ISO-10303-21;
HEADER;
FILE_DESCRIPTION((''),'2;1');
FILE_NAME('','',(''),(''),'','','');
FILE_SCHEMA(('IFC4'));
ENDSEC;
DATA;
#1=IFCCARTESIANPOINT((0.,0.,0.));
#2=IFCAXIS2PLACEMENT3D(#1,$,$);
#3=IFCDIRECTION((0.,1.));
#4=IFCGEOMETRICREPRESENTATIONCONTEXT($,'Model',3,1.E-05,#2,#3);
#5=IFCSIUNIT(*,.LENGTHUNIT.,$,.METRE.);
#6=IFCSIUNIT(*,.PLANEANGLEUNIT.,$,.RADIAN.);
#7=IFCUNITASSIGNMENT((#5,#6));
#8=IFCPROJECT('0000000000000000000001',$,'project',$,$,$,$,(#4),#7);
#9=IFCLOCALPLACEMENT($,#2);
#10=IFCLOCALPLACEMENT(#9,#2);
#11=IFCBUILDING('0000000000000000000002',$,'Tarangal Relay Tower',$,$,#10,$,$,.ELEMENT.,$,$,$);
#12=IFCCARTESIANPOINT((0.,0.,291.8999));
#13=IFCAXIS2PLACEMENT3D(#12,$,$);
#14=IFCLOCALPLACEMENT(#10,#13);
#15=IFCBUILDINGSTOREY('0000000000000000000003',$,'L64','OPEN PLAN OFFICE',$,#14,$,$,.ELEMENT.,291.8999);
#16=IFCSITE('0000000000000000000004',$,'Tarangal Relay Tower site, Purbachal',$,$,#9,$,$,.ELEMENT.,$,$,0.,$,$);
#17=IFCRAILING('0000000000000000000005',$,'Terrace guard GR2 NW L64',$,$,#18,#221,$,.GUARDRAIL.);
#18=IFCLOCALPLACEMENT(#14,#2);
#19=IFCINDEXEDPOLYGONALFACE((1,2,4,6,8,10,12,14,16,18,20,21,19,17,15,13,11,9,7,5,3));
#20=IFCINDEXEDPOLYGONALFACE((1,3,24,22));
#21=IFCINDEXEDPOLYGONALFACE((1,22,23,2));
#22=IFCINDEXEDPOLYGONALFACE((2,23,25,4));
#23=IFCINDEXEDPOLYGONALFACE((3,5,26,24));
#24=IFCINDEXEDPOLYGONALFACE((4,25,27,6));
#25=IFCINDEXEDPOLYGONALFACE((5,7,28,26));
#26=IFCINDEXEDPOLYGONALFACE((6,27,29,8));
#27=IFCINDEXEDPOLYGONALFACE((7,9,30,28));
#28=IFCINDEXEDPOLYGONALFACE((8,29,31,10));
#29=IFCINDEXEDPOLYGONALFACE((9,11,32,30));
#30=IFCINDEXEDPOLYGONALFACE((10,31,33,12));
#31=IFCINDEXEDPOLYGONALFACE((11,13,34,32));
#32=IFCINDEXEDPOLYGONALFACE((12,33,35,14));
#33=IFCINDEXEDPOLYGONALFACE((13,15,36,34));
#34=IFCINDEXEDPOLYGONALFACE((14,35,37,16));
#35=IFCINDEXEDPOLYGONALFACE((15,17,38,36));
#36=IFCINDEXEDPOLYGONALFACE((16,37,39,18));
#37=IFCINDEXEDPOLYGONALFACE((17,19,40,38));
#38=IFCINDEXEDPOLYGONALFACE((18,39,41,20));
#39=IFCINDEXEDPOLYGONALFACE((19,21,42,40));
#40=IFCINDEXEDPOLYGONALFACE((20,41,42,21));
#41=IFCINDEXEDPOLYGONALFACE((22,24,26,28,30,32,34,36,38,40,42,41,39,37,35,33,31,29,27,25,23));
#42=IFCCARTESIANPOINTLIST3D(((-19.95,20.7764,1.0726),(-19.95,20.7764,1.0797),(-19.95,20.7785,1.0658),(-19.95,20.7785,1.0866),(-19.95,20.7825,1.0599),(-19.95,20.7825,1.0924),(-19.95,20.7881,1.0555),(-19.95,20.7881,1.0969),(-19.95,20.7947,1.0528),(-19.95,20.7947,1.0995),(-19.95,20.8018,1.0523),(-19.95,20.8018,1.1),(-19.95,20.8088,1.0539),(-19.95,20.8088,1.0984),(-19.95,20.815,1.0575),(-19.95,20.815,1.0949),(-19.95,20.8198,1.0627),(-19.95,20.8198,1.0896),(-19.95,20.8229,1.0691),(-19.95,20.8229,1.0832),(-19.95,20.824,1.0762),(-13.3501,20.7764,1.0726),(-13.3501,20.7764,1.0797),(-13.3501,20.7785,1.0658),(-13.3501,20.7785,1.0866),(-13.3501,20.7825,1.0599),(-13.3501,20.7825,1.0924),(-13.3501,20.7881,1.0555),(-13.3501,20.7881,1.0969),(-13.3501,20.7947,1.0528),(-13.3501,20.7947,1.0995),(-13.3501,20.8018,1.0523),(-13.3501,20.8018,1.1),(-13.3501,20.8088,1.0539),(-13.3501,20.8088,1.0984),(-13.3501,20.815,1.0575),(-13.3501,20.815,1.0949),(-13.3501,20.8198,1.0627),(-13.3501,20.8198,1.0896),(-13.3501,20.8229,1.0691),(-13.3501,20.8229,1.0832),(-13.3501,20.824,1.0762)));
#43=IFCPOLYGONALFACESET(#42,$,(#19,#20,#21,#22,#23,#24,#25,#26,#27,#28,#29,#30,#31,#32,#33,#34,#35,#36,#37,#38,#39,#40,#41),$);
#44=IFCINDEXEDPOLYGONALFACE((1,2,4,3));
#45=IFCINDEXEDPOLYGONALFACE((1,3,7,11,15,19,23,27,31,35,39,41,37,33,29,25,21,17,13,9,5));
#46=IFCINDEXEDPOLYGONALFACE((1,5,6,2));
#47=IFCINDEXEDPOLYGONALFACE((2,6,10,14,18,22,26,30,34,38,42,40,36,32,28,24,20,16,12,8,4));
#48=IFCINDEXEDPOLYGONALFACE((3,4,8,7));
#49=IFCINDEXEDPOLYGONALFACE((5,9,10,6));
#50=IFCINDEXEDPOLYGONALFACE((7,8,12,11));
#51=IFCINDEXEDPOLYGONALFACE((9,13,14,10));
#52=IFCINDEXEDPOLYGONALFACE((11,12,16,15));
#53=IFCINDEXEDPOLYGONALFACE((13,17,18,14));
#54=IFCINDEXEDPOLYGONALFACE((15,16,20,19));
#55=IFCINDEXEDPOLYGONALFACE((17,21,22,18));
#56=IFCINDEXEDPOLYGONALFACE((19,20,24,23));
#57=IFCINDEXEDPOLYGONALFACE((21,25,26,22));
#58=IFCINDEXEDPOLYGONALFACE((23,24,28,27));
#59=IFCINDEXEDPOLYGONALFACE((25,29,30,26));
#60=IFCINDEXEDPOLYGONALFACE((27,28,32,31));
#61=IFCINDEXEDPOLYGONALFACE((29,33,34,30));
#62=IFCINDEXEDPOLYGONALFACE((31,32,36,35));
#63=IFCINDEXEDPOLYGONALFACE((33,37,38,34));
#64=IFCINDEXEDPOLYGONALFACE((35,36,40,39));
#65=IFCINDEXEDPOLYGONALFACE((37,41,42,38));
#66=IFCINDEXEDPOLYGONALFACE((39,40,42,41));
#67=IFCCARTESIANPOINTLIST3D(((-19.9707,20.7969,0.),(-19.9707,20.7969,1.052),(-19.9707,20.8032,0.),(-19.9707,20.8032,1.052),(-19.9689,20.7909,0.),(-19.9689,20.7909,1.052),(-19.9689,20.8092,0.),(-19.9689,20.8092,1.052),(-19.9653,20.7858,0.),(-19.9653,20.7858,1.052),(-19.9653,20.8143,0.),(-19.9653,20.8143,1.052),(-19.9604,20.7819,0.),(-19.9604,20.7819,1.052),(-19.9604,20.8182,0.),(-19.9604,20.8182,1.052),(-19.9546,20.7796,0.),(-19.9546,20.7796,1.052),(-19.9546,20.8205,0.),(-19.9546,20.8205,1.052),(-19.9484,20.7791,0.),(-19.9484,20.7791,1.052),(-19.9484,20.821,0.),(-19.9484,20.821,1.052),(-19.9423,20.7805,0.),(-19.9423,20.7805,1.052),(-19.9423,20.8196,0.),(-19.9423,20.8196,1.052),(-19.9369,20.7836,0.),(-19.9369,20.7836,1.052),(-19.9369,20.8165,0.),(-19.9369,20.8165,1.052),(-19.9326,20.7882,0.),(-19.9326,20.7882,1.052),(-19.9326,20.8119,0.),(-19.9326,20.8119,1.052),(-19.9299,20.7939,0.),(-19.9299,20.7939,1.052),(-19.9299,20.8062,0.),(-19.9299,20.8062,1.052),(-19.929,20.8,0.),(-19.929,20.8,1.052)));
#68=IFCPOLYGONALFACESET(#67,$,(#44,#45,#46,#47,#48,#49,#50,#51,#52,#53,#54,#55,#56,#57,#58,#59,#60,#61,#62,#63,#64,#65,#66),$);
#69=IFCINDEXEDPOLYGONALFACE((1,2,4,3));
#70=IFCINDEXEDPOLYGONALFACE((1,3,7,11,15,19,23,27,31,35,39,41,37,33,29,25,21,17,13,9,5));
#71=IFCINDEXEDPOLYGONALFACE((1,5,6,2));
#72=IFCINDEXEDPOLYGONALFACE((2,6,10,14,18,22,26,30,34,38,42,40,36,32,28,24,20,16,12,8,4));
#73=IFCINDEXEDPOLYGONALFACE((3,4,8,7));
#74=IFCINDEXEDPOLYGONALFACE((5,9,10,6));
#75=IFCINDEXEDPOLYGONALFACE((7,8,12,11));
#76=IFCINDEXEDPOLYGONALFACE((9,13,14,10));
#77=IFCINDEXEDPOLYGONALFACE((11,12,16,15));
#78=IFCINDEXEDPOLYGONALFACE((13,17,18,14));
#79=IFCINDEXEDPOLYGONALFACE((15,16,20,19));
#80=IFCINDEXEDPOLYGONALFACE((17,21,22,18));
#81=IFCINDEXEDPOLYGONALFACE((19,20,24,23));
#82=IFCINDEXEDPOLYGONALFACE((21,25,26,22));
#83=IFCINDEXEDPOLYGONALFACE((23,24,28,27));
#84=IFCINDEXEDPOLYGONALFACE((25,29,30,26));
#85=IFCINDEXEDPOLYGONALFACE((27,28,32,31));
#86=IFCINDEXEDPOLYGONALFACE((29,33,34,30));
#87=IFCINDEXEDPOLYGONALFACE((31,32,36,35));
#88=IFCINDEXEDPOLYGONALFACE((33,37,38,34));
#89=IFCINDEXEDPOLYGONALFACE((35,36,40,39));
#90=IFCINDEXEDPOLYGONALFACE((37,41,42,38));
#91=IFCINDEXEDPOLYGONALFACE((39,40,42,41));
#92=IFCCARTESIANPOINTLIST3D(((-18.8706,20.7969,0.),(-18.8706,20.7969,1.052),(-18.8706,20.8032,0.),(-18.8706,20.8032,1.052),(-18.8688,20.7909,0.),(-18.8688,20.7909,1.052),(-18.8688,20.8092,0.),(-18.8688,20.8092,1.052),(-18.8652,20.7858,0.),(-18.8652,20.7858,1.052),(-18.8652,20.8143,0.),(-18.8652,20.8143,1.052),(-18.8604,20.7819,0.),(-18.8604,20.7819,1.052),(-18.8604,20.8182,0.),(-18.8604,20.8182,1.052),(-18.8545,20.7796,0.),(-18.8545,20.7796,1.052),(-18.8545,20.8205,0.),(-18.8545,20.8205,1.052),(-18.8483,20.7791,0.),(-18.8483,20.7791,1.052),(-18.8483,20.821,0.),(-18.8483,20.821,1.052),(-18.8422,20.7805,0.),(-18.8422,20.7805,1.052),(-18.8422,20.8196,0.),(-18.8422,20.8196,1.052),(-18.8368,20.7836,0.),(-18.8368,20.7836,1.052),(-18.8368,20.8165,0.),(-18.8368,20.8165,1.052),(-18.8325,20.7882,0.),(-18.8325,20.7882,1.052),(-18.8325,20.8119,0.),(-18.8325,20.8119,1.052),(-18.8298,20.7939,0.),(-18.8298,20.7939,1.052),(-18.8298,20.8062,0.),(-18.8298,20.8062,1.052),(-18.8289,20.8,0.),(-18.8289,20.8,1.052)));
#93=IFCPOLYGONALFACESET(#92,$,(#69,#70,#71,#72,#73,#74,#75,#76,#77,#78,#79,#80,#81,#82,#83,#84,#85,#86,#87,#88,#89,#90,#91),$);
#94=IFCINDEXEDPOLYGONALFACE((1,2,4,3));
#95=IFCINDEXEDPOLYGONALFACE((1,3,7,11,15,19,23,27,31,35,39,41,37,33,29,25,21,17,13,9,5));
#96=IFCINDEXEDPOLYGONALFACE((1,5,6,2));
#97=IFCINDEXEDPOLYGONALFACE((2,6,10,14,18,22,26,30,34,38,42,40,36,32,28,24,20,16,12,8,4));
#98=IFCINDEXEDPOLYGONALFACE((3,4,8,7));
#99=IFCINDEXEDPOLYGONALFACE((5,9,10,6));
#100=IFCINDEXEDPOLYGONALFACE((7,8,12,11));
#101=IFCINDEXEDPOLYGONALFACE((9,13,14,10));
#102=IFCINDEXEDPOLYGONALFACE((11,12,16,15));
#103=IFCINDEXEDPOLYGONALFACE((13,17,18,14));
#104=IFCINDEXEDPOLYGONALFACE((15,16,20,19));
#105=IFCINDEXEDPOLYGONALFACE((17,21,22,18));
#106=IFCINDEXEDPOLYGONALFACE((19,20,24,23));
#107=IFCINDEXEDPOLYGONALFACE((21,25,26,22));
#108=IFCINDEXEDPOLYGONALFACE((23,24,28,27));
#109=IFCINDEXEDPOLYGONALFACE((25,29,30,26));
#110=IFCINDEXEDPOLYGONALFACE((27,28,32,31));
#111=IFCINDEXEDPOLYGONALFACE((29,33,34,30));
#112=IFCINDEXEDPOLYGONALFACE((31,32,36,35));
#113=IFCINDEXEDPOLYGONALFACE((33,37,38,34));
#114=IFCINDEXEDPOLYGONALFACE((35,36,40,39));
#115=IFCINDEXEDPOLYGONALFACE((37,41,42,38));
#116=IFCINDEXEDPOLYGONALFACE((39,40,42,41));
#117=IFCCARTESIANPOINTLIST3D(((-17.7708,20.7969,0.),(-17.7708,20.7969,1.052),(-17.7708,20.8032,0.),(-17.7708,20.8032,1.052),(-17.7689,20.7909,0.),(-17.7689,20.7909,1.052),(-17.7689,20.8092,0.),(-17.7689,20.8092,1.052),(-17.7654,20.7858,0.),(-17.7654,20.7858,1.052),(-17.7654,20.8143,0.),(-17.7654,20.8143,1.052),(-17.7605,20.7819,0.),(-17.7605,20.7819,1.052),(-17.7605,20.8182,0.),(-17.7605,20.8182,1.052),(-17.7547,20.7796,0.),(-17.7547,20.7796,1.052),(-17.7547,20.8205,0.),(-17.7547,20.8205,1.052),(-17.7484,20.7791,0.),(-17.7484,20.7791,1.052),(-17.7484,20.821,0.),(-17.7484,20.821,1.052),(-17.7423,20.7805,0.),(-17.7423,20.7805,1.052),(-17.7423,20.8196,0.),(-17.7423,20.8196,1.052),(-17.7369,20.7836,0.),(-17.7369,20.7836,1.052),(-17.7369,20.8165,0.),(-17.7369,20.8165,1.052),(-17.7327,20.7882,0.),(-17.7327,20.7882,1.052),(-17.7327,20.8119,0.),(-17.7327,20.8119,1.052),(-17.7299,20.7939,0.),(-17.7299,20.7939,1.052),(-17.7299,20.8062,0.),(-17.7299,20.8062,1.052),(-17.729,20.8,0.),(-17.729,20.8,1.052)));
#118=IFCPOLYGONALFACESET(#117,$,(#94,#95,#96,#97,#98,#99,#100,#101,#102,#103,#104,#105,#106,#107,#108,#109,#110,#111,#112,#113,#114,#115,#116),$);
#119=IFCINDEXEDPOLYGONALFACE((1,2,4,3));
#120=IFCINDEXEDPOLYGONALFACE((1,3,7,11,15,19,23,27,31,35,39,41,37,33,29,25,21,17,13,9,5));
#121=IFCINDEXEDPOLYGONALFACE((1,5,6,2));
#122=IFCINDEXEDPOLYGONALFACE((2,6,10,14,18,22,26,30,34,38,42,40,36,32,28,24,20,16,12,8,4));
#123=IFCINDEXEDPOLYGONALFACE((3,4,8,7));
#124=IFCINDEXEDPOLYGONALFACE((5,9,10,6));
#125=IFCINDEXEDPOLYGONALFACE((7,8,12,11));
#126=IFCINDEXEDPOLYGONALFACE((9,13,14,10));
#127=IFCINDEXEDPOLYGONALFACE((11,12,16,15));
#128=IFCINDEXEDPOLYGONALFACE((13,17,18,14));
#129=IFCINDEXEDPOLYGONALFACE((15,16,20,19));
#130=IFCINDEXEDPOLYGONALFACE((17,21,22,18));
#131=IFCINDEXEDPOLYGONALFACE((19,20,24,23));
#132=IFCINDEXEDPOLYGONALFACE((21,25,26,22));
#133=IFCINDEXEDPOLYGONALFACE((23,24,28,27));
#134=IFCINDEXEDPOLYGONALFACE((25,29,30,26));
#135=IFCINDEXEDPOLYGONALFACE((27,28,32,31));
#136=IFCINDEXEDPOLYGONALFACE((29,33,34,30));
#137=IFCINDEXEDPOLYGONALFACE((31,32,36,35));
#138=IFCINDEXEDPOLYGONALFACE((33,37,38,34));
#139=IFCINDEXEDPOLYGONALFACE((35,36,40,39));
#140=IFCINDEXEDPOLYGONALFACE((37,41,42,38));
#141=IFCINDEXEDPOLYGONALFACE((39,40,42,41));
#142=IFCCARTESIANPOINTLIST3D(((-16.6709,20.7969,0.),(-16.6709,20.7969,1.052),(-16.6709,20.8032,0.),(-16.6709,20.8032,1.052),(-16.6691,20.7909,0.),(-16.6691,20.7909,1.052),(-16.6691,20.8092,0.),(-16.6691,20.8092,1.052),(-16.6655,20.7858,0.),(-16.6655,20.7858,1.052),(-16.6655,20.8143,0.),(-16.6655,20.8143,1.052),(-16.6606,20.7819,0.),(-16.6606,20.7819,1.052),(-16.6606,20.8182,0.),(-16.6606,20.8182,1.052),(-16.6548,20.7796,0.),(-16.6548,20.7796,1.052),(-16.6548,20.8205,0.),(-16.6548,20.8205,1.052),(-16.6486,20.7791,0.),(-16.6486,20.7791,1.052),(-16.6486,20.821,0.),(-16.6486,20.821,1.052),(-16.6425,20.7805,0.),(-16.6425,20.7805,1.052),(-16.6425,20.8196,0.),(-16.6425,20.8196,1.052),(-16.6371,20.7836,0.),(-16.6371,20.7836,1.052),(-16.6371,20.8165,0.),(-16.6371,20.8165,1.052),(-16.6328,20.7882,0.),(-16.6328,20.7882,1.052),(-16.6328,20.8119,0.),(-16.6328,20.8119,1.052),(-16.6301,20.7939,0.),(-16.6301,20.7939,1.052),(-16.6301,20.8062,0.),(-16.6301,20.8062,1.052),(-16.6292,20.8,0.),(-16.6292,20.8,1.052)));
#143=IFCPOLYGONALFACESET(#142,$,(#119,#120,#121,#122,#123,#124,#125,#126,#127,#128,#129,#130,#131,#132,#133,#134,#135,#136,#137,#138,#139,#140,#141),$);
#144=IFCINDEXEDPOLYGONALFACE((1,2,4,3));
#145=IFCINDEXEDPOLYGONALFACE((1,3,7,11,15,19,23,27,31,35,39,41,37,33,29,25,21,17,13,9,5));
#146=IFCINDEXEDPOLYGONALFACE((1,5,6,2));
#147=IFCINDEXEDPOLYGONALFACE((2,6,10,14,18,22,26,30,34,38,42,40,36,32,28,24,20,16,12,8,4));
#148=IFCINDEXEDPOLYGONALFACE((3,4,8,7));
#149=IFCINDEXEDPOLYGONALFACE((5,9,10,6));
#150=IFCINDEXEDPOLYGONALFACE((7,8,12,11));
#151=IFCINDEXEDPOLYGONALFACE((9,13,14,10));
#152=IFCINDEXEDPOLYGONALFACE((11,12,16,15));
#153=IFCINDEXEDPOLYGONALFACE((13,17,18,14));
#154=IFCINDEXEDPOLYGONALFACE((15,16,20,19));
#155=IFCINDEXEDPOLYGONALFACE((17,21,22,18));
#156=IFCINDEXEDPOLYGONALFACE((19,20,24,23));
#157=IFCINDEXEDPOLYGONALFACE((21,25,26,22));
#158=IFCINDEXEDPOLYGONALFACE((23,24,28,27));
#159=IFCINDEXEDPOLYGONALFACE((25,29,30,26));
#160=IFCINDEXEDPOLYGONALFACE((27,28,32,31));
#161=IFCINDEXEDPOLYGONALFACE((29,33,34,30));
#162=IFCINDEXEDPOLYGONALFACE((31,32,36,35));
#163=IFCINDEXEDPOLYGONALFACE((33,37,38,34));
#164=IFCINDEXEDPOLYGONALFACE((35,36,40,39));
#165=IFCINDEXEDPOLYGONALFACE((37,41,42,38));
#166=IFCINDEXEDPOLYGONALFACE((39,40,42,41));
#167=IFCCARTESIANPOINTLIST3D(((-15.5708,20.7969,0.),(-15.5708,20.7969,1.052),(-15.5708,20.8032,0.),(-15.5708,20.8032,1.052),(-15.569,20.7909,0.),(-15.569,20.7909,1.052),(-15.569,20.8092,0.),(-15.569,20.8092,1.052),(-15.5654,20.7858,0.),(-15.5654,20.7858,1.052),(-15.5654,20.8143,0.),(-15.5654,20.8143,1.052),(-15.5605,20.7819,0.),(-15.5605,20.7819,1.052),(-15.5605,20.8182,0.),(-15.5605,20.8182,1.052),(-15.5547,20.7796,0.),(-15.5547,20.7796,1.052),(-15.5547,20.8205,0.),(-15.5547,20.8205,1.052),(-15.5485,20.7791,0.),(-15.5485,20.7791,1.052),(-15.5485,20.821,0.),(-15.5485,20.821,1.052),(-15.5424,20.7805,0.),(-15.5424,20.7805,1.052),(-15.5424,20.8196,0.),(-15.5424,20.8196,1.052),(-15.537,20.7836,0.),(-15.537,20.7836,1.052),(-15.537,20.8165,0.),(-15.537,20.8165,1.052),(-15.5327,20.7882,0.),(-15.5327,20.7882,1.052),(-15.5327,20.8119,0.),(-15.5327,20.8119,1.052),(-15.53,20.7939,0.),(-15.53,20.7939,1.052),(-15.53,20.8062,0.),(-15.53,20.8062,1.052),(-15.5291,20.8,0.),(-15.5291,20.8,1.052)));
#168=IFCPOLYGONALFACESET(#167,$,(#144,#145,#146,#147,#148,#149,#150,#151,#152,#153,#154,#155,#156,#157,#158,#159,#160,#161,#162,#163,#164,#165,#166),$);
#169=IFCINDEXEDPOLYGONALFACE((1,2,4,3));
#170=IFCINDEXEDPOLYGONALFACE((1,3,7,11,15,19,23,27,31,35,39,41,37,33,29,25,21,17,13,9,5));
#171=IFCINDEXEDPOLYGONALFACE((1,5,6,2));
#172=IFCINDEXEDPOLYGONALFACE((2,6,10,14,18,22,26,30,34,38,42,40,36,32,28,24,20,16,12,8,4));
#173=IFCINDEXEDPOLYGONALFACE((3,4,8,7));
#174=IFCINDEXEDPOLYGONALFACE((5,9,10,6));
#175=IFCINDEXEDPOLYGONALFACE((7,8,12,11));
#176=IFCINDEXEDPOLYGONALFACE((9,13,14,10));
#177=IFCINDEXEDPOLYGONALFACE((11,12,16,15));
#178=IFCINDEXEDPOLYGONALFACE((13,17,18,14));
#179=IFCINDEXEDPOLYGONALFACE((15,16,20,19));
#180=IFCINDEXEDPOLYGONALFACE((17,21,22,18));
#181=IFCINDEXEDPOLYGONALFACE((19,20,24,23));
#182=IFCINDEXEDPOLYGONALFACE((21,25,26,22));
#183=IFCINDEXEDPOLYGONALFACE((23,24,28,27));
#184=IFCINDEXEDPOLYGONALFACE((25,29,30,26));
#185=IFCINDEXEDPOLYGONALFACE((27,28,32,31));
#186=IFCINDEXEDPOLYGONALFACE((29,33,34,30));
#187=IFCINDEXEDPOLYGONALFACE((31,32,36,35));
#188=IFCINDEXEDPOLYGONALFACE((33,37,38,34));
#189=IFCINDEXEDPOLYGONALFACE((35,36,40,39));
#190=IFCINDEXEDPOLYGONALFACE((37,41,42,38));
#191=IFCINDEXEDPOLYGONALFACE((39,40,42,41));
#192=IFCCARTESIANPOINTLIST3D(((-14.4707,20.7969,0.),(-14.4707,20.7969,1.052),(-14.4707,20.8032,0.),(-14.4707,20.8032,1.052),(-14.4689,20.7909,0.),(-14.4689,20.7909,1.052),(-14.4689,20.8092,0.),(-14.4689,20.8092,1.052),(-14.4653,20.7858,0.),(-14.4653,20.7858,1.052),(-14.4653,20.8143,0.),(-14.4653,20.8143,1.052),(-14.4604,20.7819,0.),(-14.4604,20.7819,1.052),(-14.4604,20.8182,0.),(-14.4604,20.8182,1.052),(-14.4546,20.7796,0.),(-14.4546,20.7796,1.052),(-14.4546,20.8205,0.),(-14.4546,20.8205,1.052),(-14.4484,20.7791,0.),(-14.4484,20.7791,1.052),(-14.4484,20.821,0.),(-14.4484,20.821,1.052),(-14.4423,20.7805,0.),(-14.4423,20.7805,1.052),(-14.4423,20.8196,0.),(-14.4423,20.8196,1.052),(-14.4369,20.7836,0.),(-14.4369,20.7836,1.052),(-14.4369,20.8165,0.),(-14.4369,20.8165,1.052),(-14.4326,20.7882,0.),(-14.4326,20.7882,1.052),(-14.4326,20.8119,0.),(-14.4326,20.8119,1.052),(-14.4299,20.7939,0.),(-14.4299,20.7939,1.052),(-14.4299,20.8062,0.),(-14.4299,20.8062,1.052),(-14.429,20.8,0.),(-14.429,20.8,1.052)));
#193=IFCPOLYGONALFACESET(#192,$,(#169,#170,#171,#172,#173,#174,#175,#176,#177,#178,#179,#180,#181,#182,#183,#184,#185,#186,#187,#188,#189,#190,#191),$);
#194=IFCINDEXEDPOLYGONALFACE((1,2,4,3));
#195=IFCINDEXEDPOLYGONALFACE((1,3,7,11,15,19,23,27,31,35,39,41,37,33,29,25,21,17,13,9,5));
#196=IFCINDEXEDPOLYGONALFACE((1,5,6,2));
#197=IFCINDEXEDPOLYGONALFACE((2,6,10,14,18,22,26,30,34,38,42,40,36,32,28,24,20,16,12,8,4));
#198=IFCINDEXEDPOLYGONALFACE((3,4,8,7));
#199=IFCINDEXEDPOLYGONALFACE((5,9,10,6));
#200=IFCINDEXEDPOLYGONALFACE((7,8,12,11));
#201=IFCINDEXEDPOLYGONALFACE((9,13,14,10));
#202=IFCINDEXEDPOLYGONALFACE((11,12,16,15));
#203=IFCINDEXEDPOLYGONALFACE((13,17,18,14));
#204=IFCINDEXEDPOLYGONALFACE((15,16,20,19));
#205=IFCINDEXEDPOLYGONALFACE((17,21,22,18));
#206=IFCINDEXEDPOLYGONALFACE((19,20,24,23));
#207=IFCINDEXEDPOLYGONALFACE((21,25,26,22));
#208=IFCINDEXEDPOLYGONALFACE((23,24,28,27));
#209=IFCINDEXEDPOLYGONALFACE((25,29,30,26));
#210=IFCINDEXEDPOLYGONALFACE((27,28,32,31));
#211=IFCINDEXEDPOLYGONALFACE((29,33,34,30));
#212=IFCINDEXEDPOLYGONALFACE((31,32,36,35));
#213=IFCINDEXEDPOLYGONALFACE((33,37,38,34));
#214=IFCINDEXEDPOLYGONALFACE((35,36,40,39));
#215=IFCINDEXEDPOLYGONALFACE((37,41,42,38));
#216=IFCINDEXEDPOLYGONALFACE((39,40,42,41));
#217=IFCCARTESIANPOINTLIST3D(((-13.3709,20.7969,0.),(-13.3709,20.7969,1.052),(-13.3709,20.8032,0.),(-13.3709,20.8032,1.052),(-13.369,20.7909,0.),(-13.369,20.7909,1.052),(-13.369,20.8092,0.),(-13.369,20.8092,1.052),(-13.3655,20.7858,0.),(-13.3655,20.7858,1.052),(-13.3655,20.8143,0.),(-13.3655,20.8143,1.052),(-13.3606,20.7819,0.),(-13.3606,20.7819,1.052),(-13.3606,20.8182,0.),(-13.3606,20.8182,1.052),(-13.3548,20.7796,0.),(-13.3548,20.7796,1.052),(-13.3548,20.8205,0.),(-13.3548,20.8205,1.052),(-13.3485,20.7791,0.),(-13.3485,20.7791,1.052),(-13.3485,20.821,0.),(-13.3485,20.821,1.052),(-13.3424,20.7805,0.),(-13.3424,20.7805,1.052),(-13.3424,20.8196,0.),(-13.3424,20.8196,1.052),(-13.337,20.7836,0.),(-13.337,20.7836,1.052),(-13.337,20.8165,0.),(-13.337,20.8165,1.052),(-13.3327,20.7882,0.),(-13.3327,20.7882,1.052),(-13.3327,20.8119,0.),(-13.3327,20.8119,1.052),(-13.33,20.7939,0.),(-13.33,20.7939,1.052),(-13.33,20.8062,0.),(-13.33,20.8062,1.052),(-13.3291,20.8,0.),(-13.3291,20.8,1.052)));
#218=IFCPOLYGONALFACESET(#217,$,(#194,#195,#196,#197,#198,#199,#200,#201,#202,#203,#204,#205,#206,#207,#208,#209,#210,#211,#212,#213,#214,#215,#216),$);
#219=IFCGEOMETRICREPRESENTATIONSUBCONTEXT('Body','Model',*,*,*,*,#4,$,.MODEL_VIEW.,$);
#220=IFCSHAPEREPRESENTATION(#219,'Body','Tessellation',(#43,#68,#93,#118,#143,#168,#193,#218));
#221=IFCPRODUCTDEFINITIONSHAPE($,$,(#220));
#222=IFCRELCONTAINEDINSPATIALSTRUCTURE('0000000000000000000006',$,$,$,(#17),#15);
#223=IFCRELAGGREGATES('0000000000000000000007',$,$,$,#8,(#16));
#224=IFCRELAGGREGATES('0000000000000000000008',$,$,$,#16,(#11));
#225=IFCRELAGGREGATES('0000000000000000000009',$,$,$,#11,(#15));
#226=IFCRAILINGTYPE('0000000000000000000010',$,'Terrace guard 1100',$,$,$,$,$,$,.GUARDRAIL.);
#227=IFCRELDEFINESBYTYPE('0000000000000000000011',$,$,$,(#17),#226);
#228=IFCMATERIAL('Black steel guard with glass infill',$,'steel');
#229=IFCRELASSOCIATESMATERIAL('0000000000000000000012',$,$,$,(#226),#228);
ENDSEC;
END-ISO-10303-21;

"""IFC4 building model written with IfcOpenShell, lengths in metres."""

from ifc_helpers import new_model, si_unit, direction, frame, origin, origin_2d, place, context, subcontext, project, spatial, circle, extrude, material, type_object, element, save


model = new_model("IFC4")

# Units and contexts
model_context = context("Model", 3, precision=1e-05, world=origin(), true_north=direction((0.0, 1.0)))
body_context = subcontext(model_context, "Body", "Model", "MODEL_VIEW")
ifc_project = project(units=[si_unit("LENGTHUNIT", "METRE"), si_unit("PLANEANGLEUNIT", "RADIAN")], contexts=[model_context])

# Site, building, storey
site_placement = place(None, origin())
site = spatial("IfcSite", under=ifc_project, at=site_placement, Name="Tarangal Relay Tower site, Purbachal", CompositionType="ELEMENT", RefElevation=0.0)
building_placement = place(site_placement, origin())
building = spatial("IfcBuilding", under=site, at=building_placement, Name="Tarangal Relay Tower", CompositionType="ELEMENT")
storey_placement = place(building_placement, frame((0.0, 0.0, 291.8999)))
storey = spatial("IfcBuildingStorey", under=building, at=storey_placement, Name="L64", Description="OPEN PLAN OFFICE", CompositionType="ELEMENT", Elevation=291.8999)

# Railing
ifc_material_1 = material(Name="Black steel guard with glass infill", Category="steel")
railing_type = type_object("IfcRailingType", Name="Terrace guard 1100", PredefinedType="GUARDRAIL", material=ifc_material_1)
railing_1_placement = place(storey_placement, frame((-19.95, 20.8, 0.0)))
element("IfcRailing", 1, at=railing_1_placement, inside=storey, type_object=railing_type, Name="Terrace guard GR2 NW L64", PredefinedType="GUARDRAIL", context=body_context, shape_type="SweptSolid", body=[
    extrude(circle(Radius=0.0239, at=origin_2d()), frame((0.0, 0.0, 1.0762), z_axis=(1.0, 0.0, 0.0), x_axis=(0.0, 1.0, 0.0)), (0.0, 0.0, 1.0), 6.5999),
    extrude(circle(Radius=0.021, at=origin_2d()), origin(), (0.0, 0.0, 1.0), 1.052),
    extrude(circle(Radius=0.021, at=origin_2d()), frame((1.1001, 0.0, 0.0)), (0.0, 0.0, 1.0), 1.052),
    extrude(circle(Radius=0.021, at=origin_2d()), frame((2.2, 0.0, 0.0)), (0.0, 0.0, 1.0), 1.052),
    extrude(circle(Radius=0.021, at=origin_2d()), frame((3.2998, 0.0, 0.0)), (0.0, 0.0, 1.0), 1.052),
    extrude(circle(Radius=0.021, at=origin_2d()), frame((4.3999, 0.0, 0.0)), (0.0, 0.0, 1.0), 1.052),
    extrude(circle(Radius=0.021, at=origin_2d()), frame((5.5, 0.0, 0.0)), (0.0, 0.0, 1.0), 1.052),
    extrude(circle(Radius=0.021, at=origin_2d()), frame((6.5999, 0.0, 0.0)), (0.0, 0.0, 1.0), 1.052),
])

save(model, "model.ifc")
